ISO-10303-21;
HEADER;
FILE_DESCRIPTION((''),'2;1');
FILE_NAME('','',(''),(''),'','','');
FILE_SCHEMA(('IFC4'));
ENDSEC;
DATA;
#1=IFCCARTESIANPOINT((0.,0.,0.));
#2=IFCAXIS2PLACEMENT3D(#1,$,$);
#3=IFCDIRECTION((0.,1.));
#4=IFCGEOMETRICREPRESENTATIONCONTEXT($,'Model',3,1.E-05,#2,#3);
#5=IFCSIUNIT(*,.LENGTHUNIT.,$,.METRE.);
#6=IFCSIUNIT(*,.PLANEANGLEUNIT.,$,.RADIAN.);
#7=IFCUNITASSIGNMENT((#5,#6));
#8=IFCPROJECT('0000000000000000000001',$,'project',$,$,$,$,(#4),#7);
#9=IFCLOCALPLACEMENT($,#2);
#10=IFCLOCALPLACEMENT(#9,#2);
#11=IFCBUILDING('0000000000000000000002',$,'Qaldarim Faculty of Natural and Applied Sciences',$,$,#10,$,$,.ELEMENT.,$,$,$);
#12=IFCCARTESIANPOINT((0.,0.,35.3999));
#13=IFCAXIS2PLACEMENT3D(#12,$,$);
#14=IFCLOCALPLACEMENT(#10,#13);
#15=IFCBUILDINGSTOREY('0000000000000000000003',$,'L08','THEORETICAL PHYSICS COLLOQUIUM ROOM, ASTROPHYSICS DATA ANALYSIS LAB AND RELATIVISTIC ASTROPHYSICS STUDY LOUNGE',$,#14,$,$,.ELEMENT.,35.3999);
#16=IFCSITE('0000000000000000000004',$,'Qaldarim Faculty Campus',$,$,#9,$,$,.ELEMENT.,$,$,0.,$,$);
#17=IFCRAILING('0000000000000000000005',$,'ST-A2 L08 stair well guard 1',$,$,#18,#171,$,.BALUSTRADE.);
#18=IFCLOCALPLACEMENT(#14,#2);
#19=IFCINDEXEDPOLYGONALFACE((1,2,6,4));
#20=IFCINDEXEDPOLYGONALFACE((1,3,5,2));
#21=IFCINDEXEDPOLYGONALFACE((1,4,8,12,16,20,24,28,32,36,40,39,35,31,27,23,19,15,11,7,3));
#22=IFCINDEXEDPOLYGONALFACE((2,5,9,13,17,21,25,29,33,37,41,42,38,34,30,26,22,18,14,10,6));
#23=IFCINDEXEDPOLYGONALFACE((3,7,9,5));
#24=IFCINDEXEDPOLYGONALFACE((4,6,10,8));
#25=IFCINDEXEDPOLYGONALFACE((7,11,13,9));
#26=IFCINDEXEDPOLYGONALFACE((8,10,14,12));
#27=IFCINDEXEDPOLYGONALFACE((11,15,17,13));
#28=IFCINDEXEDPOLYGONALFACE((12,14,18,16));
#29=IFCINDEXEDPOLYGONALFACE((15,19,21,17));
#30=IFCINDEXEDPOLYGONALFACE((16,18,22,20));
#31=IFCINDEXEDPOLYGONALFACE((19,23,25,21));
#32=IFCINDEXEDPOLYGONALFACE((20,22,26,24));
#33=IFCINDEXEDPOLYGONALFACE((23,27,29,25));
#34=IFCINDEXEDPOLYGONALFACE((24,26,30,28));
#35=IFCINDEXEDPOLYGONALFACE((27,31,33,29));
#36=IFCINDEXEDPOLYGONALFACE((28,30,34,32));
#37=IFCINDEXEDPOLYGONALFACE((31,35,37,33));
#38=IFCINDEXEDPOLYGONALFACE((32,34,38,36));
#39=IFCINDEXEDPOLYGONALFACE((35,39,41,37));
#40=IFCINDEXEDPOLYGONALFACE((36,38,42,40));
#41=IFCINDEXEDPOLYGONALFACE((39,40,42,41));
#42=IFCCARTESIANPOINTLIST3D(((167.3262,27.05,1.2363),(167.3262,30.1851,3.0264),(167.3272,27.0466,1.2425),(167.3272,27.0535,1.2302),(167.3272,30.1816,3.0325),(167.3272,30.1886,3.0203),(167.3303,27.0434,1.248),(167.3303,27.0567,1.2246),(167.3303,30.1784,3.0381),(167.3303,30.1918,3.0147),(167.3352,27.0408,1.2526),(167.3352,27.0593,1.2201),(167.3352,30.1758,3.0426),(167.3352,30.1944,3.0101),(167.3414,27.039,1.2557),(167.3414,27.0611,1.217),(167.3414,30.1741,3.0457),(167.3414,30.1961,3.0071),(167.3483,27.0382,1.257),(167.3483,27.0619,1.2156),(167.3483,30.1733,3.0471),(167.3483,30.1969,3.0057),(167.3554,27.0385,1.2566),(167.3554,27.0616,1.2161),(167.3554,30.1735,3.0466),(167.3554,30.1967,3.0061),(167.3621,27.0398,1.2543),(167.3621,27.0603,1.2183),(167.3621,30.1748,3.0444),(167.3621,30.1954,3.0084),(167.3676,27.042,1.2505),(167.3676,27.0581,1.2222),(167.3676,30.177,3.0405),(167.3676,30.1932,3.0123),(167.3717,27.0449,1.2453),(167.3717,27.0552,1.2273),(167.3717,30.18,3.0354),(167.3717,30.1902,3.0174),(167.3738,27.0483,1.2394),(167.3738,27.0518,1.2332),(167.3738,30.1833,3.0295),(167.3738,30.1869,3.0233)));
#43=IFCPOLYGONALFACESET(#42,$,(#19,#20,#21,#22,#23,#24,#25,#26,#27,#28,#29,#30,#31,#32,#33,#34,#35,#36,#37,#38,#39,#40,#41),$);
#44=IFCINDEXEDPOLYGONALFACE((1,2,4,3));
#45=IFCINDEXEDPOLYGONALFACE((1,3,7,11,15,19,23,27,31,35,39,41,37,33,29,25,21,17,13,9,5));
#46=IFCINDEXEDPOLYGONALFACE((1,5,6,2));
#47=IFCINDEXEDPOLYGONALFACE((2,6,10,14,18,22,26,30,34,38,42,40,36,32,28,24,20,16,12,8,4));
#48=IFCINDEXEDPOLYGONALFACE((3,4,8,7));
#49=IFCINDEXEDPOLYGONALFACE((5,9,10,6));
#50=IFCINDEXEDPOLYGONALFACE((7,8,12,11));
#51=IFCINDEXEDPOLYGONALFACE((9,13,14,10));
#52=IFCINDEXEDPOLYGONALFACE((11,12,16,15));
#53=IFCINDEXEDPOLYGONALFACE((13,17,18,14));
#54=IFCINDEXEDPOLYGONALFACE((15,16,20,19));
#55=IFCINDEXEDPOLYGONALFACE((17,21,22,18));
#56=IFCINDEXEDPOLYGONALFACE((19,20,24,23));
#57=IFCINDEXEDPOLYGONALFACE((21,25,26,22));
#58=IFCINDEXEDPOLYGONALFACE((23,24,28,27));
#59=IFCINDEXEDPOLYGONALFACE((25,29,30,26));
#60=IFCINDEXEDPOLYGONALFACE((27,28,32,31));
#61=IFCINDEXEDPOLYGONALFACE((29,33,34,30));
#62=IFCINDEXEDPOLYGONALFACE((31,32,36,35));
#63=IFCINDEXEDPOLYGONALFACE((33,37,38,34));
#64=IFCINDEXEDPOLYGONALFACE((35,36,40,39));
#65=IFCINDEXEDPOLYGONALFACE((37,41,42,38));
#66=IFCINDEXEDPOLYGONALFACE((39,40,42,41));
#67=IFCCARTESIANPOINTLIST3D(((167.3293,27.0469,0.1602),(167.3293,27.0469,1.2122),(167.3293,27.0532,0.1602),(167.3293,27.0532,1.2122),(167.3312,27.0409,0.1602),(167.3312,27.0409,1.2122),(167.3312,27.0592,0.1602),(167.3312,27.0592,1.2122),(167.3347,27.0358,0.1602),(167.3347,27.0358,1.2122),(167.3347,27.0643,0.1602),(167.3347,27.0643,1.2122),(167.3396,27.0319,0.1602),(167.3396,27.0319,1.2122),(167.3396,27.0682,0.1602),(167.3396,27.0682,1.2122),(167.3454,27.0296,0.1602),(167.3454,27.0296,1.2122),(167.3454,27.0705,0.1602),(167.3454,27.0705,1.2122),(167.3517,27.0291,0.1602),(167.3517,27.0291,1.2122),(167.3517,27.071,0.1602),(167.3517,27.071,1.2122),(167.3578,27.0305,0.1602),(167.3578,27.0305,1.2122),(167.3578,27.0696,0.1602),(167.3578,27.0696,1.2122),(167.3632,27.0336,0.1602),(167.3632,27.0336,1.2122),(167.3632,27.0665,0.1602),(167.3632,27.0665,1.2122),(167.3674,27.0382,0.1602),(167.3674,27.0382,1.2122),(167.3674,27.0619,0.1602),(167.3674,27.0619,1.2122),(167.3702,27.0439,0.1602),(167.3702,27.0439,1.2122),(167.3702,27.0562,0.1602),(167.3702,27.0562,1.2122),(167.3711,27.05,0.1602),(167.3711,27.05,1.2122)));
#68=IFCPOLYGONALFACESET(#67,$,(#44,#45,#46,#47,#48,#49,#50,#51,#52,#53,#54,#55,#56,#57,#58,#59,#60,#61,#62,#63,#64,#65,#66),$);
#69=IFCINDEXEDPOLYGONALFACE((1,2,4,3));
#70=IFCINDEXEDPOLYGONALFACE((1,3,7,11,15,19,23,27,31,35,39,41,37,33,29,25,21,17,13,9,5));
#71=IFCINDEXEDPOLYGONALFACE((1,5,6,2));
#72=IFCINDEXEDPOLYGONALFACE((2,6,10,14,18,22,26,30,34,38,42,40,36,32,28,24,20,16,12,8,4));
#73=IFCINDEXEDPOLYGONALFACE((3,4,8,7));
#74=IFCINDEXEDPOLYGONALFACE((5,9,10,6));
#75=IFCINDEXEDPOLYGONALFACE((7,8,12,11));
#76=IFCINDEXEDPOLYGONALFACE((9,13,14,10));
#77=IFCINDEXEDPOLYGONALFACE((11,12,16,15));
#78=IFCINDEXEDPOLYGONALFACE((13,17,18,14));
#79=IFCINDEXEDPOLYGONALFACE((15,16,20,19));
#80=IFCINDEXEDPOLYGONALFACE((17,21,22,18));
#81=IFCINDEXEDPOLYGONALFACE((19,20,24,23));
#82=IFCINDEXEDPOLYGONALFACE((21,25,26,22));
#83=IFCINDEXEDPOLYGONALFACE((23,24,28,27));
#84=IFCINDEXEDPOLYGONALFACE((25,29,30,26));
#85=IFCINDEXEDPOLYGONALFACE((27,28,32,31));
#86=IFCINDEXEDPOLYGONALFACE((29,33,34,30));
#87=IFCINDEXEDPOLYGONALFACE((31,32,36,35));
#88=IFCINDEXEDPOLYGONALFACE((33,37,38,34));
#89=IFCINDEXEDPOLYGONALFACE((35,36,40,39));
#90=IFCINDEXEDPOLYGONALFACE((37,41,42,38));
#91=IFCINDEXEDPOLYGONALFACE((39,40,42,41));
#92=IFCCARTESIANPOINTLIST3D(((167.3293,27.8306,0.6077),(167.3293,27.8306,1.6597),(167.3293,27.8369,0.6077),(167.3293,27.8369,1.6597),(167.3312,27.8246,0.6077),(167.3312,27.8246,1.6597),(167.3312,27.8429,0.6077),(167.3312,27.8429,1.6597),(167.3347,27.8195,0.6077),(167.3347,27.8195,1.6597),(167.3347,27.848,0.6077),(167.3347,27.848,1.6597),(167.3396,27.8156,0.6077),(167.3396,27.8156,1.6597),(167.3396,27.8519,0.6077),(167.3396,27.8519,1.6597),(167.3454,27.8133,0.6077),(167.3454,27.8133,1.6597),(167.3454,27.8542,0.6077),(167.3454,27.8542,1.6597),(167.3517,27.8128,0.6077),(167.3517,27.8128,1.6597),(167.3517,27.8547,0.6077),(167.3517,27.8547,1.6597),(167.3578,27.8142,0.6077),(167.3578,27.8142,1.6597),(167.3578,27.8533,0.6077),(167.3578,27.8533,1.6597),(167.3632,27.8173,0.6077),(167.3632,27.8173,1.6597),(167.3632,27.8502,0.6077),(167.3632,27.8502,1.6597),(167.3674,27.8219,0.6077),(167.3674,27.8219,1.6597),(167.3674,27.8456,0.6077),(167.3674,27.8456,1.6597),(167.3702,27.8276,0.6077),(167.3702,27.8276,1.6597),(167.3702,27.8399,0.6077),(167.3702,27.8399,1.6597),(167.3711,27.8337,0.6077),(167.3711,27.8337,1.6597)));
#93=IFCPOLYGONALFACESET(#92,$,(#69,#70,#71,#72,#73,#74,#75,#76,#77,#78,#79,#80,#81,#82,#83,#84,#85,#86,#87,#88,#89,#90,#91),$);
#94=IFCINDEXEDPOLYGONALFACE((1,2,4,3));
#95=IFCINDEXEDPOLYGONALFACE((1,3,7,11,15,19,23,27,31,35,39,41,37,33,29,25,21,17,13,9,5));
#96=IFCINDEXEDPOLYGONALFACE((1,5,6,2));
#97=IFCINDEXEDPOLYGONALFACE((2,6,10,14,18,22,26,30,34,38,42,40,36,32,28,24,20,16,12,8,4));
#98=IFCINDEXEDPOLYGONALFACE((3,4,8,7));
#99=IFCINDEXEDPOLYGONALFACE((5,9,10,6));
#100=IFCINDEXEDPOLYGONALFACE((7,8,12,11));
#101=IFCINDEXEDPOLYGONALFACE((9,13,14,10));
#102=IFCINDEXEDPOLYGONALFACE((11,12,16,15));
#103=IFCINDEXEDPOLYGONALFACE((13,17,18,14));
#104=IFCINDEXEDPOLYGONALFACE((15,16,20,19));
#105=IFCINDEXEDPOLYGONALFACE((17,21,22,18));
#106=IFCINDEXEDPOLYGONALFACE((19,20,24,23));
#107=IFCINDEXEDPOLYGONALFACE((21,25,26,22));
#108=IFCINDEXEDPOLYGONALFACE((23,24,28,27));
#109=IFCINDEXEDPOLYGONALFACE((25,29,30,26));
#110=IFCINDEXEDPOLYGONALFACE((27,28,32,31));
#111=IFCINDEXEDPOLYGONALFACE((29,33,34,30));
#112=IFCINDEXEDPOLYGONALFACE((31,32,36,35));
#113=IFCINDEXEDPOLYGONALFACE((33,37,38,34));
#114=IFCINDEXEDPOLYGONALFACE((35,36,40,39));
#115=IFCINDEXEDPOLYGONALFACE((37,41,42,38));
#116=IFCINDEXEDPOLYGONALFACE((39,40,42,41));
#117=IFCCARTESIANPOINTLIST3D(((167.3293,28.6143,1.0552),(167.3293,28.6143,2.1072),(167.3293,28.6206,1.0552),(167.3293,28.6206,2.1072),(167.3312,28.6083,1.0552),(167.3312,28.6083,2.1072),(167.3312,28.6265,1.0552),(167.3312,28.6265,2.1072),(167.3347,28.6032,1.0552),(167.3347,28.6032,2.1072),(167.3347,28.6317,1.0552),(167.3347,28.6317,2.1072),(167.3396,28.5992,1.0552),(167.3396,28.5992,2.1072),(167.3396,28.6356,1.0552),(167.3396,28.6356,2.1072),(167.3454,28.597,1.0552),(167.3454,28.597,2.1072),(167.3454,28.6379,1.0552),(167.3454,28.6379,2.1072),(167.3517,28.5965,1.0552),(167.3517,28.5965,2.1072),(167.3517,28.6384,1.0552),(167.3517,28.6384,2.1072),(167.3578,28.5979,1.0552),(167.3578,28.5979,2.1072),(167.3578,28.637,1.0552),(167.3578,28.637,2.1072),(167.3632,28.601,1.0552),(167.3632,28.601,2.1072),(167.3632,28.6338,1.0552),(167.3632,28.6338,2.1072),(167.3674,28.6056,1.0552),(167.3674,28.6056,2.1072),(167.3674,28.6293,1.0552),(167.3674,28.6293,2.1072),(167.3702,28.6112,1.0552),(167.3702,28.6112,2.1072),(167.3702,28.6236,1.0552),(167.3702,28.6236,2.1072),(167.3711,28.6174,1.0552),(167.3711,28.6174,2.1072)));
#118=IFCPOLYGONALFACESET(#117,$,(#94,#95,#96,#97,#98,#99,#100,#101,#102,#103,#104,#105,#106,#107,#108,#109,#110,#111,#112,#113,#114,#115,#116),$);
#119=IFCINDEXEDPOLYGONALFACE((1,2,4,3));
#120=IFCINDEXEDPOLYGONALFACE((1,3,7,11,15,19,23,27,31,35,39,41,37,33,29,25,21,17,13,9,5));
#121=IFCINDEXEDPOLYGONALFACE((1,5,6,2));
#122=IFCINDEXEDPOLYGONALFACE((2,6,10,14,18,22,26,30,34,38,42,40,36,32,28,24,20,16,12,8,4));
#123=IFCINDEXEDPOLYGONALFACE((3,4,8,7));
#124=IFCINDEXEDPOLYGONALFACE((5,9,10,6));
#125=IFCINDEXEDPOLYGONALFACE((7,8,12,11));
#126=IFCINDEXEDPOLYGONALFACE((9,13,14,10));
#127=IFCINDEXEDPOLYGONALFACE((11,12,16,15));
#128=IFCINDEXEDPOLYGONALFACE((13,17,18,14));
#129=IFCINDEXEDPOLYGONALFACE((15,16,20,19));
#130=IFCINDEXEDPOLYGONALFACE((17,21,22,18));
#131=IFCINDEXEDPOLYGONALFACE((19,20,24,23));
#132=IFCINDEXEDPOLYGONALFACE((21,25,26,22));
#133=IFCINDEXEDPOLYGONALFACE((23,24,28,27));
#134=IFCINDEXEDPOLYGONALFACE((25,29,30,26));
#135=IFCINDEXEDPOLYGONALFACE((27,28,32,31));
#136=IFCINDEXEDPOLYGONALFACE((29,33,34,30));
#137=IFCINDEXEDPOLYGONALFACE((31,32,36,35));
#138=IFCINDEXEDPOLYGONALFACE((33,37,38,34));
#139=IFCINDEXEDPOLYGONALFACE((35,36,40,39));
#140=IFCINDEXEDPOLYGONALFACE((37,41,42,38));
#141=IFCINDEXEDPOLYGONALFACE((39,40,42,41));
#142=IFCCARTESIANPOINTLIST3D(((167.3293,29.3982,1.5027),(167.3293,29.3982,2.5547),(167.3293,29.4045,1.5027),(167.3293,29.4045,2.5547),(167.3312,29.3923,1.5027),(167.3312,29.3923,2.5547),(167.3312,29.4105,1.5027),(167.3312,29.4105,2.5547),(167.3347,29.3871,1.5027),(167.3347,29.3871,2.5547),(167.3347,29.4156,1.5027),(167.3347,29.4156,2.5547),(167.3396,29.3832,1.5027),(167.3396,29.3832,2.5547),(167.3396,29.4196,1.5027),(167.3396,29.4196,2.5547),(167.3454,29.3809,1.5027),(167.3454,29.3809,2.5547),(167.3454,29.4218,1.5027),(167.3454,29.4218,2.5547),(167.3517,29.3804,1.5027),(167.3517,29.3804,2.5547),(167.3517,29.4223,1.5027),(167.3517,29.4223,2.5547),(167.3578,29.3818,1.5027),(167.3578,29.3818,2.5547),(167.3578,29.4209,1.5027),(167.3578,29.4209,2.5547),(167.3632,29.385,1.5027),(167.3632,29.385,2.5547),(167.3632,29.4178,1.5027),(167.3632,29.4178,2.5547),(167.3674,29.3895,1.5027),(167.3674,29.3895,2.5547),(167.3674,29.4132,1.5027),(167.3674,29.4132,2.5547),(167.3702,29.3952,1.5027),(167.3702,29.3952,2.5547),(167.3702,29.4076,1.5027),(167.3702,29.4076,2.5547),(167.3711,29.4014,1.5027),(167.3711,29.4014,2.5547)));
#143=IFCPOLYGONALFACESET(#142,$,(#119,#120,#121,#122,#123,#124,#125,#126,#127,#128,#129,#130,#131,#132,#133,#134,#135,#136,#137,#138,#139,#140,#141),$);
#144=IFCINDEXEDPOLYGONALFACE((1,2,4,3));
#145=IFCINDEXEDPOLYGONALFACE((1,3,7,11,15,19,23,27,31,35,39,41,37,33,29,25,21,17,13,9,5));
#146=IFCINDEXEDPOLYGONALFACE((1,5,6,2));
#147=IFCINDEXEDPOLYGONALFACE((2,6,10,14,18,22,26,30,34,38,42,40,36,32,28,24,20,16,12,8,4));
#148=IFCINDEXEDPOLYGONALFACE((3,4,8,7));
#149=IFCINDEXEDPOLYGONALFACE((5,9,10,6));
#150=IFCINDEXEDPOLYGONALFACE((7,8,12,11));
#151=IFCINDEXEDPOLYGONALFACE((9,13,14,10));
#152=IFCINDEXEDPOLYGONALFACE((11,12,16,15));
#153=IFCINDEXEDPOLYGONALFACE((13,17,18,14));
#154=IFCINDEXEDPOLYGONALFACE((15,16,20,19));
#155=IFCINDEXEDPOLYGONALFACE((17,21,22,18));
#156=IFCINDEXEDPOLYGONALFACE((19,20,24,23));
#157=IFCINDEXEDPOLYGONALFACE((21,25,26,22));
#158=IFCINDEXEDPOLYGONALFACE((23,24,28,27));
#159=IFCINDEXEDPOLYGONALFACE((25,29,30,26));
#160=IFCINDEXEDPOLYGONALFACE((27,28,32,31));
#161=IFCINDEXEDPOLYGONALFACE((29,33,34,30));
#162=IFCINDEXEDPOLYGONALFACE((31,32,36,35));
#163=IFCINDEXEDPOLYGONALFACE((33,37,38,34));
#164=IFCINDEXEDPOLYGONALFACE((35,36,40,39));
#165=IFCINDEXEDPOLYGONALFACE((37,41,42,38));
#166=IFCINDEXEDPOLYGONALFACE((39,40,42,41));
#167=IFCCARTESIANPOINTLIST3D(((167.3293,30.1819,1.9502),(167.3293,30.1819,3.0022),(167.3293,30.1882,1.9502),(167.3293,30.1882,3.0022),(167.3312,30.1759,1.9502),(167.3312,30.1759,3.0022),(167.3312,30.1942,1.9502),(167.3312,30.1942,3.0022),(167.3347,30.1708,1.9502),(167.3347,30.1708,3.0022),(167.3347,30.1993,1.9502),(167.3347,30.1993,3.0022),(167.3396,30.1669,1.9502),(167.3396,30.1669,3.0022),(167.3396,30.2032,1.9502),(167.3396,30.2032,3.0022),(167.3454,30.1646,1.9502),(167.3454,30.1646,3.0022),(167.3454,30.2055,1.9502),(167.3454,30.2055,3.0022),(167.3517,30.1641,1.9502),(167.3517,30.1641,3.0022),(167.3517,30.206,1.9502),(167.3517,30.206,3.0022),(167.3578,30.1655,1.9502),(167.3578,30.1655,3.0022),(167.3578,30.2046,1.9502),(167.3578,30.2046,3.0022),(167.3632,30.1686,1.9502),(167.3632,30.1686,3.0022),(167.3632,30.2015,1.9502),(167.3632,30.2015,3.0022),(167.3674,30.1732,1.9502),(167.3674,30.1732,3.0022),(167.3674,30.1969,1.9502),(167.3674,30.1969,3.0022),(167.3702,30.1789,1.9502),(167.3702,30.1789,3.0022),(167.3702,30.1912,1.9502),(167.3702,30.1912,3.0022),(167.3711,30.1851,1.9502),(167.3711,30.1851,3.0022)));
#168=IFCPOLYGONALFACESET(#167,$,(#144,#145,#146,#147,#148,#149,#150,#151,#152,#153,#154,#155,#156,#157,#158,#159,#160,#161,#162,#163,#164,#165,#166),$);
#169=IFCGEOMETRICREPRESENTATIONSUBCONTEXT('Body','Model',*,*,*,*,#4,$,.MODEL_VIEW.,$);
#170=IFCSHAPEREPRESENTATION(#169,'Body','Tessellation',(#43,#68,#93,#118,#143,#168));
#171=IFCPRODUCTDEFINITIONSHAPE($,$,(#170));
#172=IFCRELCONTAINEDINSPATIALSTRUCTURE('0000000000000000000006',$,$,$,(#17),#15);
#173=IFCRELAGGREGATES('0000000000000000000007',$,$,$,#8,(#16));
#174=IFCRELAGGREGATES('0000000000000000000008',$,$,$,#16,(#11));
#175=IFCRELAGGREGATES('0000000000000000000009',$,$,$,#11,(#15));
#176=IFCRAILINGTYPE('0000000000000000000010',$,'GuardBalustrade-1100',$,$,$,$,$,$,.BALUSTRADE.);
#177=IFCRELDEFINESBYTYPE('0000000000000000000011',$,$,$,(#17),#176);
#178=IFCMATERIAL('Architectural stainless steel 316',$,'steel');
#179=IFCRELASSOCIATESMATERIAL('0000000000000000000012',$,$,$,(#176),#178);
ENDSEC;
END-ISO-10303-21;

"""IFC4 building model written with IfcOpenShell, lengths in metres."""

from ifc_helpers import new_model, si_unit, direction, frame, origin, origin_2d, place, context, subcontext, project, spatial, circle, extrude, material, type_object, element, save


model = new_model("IFC4")

# Units and contexts
model_context = context("Model", 3, precision=1e-05, world=origin(), true_north=direction((0.0, 1.0)))
body_context = subcontext(model_context, "Body", "Model", "MODEL_VIEW")
ifc_project = project(units=[si_unit("LENGTHUNIT", "METRE"), si_unit("PLANEANGLEUNIT", "RADIAN")], contexts=[model_context])

# Site, building, storey
site_placement = place(None, origin())
site = spatial("IfcSite", under=ifc_project, at=site_placement, Name="Qaldarim Faculty Campus", CompositionType="ELEMENT", RefElevation=0.0)
building_placement = place(site_placement, origin())
building = spatial("IfcBuilding", under=site, at=building_placement, Name="Qaldarim Faculty of Natural and Applied Sciences", CompositionType="ELEMENT")
storey_placement = place(building_placement, frame((0.0, 0.0, 35.3999)))
storey = spatial("IfcBuildingStorey", under=building, at=storey_placement, Name="L08", Description="THEORETICAL PHYSICS COLLOQUIUM ROOM, ASTROPHYSICS DATA ANALYSIS LAB AND RELATIVISTIC ASTROPHYSICS STUDY LOUNGE", CompositionType="ELEMENT", Elevation=35.3999)

# Shared definitions
ifc_material_1 = material(Name="Architectural stainless steel 316", Category="steel")

# Railing
railing_type_1 = type_object("IfcRailingType", Name="GuardBalustrade-1100", PredefinedType="BALUSTRADE", material=ifc_material_1)
railing_1_placement = place(storey_placement, frame((167.3501, 27.05, 0.1602)))
element("IfcRailing", 1, at=railing_1_placement, inside=storey, type_object=railing_type_1, Name="ST-A2 L08 stair well guard 1", PredefinedType="BALUSTRADE", context=body_context, shape_type="SweptSolid", body=[
    extrude(circle(Radius=0.0239, at=origin_2d()), frame((0.0, 0.0, 1.0762), z_axis=(0.0, 0.86841, 0.495848), x_axis=(-1.0, 0.0, 0.0)), (0.0, 0.0, 1.0), 3.6101),
    extrude(circle(Radius=0.021, at=origin_2d()), origin(), (0.0, 0.0, 1.0), 1.052),
    extrude(circle(Radius=0.021, at=origin_2d()), frame((0.0, 0.7837, 0.4475)), (0.0, 0.0, 1.0), 1.052),
    extrude(circle(Radius=0.021, at=origin_2d()), frame((0.0, 1.5674, 0.895)), (0.0, 0.0, 1.0), 1.052),
    extrude(circle(Radius=0.021, at=origin_2d()), frame((0.0, 2.3513, 1.3425)), (0.0, 0.0, 1.0), 1.052),
    extrude(circle(Radius=0.021, at=origin_2d()), frame((0.0, 3.135, 1.79)), (0.0, 0.0, 1.0), 1.052),
])

save(model, "model.ifc")
